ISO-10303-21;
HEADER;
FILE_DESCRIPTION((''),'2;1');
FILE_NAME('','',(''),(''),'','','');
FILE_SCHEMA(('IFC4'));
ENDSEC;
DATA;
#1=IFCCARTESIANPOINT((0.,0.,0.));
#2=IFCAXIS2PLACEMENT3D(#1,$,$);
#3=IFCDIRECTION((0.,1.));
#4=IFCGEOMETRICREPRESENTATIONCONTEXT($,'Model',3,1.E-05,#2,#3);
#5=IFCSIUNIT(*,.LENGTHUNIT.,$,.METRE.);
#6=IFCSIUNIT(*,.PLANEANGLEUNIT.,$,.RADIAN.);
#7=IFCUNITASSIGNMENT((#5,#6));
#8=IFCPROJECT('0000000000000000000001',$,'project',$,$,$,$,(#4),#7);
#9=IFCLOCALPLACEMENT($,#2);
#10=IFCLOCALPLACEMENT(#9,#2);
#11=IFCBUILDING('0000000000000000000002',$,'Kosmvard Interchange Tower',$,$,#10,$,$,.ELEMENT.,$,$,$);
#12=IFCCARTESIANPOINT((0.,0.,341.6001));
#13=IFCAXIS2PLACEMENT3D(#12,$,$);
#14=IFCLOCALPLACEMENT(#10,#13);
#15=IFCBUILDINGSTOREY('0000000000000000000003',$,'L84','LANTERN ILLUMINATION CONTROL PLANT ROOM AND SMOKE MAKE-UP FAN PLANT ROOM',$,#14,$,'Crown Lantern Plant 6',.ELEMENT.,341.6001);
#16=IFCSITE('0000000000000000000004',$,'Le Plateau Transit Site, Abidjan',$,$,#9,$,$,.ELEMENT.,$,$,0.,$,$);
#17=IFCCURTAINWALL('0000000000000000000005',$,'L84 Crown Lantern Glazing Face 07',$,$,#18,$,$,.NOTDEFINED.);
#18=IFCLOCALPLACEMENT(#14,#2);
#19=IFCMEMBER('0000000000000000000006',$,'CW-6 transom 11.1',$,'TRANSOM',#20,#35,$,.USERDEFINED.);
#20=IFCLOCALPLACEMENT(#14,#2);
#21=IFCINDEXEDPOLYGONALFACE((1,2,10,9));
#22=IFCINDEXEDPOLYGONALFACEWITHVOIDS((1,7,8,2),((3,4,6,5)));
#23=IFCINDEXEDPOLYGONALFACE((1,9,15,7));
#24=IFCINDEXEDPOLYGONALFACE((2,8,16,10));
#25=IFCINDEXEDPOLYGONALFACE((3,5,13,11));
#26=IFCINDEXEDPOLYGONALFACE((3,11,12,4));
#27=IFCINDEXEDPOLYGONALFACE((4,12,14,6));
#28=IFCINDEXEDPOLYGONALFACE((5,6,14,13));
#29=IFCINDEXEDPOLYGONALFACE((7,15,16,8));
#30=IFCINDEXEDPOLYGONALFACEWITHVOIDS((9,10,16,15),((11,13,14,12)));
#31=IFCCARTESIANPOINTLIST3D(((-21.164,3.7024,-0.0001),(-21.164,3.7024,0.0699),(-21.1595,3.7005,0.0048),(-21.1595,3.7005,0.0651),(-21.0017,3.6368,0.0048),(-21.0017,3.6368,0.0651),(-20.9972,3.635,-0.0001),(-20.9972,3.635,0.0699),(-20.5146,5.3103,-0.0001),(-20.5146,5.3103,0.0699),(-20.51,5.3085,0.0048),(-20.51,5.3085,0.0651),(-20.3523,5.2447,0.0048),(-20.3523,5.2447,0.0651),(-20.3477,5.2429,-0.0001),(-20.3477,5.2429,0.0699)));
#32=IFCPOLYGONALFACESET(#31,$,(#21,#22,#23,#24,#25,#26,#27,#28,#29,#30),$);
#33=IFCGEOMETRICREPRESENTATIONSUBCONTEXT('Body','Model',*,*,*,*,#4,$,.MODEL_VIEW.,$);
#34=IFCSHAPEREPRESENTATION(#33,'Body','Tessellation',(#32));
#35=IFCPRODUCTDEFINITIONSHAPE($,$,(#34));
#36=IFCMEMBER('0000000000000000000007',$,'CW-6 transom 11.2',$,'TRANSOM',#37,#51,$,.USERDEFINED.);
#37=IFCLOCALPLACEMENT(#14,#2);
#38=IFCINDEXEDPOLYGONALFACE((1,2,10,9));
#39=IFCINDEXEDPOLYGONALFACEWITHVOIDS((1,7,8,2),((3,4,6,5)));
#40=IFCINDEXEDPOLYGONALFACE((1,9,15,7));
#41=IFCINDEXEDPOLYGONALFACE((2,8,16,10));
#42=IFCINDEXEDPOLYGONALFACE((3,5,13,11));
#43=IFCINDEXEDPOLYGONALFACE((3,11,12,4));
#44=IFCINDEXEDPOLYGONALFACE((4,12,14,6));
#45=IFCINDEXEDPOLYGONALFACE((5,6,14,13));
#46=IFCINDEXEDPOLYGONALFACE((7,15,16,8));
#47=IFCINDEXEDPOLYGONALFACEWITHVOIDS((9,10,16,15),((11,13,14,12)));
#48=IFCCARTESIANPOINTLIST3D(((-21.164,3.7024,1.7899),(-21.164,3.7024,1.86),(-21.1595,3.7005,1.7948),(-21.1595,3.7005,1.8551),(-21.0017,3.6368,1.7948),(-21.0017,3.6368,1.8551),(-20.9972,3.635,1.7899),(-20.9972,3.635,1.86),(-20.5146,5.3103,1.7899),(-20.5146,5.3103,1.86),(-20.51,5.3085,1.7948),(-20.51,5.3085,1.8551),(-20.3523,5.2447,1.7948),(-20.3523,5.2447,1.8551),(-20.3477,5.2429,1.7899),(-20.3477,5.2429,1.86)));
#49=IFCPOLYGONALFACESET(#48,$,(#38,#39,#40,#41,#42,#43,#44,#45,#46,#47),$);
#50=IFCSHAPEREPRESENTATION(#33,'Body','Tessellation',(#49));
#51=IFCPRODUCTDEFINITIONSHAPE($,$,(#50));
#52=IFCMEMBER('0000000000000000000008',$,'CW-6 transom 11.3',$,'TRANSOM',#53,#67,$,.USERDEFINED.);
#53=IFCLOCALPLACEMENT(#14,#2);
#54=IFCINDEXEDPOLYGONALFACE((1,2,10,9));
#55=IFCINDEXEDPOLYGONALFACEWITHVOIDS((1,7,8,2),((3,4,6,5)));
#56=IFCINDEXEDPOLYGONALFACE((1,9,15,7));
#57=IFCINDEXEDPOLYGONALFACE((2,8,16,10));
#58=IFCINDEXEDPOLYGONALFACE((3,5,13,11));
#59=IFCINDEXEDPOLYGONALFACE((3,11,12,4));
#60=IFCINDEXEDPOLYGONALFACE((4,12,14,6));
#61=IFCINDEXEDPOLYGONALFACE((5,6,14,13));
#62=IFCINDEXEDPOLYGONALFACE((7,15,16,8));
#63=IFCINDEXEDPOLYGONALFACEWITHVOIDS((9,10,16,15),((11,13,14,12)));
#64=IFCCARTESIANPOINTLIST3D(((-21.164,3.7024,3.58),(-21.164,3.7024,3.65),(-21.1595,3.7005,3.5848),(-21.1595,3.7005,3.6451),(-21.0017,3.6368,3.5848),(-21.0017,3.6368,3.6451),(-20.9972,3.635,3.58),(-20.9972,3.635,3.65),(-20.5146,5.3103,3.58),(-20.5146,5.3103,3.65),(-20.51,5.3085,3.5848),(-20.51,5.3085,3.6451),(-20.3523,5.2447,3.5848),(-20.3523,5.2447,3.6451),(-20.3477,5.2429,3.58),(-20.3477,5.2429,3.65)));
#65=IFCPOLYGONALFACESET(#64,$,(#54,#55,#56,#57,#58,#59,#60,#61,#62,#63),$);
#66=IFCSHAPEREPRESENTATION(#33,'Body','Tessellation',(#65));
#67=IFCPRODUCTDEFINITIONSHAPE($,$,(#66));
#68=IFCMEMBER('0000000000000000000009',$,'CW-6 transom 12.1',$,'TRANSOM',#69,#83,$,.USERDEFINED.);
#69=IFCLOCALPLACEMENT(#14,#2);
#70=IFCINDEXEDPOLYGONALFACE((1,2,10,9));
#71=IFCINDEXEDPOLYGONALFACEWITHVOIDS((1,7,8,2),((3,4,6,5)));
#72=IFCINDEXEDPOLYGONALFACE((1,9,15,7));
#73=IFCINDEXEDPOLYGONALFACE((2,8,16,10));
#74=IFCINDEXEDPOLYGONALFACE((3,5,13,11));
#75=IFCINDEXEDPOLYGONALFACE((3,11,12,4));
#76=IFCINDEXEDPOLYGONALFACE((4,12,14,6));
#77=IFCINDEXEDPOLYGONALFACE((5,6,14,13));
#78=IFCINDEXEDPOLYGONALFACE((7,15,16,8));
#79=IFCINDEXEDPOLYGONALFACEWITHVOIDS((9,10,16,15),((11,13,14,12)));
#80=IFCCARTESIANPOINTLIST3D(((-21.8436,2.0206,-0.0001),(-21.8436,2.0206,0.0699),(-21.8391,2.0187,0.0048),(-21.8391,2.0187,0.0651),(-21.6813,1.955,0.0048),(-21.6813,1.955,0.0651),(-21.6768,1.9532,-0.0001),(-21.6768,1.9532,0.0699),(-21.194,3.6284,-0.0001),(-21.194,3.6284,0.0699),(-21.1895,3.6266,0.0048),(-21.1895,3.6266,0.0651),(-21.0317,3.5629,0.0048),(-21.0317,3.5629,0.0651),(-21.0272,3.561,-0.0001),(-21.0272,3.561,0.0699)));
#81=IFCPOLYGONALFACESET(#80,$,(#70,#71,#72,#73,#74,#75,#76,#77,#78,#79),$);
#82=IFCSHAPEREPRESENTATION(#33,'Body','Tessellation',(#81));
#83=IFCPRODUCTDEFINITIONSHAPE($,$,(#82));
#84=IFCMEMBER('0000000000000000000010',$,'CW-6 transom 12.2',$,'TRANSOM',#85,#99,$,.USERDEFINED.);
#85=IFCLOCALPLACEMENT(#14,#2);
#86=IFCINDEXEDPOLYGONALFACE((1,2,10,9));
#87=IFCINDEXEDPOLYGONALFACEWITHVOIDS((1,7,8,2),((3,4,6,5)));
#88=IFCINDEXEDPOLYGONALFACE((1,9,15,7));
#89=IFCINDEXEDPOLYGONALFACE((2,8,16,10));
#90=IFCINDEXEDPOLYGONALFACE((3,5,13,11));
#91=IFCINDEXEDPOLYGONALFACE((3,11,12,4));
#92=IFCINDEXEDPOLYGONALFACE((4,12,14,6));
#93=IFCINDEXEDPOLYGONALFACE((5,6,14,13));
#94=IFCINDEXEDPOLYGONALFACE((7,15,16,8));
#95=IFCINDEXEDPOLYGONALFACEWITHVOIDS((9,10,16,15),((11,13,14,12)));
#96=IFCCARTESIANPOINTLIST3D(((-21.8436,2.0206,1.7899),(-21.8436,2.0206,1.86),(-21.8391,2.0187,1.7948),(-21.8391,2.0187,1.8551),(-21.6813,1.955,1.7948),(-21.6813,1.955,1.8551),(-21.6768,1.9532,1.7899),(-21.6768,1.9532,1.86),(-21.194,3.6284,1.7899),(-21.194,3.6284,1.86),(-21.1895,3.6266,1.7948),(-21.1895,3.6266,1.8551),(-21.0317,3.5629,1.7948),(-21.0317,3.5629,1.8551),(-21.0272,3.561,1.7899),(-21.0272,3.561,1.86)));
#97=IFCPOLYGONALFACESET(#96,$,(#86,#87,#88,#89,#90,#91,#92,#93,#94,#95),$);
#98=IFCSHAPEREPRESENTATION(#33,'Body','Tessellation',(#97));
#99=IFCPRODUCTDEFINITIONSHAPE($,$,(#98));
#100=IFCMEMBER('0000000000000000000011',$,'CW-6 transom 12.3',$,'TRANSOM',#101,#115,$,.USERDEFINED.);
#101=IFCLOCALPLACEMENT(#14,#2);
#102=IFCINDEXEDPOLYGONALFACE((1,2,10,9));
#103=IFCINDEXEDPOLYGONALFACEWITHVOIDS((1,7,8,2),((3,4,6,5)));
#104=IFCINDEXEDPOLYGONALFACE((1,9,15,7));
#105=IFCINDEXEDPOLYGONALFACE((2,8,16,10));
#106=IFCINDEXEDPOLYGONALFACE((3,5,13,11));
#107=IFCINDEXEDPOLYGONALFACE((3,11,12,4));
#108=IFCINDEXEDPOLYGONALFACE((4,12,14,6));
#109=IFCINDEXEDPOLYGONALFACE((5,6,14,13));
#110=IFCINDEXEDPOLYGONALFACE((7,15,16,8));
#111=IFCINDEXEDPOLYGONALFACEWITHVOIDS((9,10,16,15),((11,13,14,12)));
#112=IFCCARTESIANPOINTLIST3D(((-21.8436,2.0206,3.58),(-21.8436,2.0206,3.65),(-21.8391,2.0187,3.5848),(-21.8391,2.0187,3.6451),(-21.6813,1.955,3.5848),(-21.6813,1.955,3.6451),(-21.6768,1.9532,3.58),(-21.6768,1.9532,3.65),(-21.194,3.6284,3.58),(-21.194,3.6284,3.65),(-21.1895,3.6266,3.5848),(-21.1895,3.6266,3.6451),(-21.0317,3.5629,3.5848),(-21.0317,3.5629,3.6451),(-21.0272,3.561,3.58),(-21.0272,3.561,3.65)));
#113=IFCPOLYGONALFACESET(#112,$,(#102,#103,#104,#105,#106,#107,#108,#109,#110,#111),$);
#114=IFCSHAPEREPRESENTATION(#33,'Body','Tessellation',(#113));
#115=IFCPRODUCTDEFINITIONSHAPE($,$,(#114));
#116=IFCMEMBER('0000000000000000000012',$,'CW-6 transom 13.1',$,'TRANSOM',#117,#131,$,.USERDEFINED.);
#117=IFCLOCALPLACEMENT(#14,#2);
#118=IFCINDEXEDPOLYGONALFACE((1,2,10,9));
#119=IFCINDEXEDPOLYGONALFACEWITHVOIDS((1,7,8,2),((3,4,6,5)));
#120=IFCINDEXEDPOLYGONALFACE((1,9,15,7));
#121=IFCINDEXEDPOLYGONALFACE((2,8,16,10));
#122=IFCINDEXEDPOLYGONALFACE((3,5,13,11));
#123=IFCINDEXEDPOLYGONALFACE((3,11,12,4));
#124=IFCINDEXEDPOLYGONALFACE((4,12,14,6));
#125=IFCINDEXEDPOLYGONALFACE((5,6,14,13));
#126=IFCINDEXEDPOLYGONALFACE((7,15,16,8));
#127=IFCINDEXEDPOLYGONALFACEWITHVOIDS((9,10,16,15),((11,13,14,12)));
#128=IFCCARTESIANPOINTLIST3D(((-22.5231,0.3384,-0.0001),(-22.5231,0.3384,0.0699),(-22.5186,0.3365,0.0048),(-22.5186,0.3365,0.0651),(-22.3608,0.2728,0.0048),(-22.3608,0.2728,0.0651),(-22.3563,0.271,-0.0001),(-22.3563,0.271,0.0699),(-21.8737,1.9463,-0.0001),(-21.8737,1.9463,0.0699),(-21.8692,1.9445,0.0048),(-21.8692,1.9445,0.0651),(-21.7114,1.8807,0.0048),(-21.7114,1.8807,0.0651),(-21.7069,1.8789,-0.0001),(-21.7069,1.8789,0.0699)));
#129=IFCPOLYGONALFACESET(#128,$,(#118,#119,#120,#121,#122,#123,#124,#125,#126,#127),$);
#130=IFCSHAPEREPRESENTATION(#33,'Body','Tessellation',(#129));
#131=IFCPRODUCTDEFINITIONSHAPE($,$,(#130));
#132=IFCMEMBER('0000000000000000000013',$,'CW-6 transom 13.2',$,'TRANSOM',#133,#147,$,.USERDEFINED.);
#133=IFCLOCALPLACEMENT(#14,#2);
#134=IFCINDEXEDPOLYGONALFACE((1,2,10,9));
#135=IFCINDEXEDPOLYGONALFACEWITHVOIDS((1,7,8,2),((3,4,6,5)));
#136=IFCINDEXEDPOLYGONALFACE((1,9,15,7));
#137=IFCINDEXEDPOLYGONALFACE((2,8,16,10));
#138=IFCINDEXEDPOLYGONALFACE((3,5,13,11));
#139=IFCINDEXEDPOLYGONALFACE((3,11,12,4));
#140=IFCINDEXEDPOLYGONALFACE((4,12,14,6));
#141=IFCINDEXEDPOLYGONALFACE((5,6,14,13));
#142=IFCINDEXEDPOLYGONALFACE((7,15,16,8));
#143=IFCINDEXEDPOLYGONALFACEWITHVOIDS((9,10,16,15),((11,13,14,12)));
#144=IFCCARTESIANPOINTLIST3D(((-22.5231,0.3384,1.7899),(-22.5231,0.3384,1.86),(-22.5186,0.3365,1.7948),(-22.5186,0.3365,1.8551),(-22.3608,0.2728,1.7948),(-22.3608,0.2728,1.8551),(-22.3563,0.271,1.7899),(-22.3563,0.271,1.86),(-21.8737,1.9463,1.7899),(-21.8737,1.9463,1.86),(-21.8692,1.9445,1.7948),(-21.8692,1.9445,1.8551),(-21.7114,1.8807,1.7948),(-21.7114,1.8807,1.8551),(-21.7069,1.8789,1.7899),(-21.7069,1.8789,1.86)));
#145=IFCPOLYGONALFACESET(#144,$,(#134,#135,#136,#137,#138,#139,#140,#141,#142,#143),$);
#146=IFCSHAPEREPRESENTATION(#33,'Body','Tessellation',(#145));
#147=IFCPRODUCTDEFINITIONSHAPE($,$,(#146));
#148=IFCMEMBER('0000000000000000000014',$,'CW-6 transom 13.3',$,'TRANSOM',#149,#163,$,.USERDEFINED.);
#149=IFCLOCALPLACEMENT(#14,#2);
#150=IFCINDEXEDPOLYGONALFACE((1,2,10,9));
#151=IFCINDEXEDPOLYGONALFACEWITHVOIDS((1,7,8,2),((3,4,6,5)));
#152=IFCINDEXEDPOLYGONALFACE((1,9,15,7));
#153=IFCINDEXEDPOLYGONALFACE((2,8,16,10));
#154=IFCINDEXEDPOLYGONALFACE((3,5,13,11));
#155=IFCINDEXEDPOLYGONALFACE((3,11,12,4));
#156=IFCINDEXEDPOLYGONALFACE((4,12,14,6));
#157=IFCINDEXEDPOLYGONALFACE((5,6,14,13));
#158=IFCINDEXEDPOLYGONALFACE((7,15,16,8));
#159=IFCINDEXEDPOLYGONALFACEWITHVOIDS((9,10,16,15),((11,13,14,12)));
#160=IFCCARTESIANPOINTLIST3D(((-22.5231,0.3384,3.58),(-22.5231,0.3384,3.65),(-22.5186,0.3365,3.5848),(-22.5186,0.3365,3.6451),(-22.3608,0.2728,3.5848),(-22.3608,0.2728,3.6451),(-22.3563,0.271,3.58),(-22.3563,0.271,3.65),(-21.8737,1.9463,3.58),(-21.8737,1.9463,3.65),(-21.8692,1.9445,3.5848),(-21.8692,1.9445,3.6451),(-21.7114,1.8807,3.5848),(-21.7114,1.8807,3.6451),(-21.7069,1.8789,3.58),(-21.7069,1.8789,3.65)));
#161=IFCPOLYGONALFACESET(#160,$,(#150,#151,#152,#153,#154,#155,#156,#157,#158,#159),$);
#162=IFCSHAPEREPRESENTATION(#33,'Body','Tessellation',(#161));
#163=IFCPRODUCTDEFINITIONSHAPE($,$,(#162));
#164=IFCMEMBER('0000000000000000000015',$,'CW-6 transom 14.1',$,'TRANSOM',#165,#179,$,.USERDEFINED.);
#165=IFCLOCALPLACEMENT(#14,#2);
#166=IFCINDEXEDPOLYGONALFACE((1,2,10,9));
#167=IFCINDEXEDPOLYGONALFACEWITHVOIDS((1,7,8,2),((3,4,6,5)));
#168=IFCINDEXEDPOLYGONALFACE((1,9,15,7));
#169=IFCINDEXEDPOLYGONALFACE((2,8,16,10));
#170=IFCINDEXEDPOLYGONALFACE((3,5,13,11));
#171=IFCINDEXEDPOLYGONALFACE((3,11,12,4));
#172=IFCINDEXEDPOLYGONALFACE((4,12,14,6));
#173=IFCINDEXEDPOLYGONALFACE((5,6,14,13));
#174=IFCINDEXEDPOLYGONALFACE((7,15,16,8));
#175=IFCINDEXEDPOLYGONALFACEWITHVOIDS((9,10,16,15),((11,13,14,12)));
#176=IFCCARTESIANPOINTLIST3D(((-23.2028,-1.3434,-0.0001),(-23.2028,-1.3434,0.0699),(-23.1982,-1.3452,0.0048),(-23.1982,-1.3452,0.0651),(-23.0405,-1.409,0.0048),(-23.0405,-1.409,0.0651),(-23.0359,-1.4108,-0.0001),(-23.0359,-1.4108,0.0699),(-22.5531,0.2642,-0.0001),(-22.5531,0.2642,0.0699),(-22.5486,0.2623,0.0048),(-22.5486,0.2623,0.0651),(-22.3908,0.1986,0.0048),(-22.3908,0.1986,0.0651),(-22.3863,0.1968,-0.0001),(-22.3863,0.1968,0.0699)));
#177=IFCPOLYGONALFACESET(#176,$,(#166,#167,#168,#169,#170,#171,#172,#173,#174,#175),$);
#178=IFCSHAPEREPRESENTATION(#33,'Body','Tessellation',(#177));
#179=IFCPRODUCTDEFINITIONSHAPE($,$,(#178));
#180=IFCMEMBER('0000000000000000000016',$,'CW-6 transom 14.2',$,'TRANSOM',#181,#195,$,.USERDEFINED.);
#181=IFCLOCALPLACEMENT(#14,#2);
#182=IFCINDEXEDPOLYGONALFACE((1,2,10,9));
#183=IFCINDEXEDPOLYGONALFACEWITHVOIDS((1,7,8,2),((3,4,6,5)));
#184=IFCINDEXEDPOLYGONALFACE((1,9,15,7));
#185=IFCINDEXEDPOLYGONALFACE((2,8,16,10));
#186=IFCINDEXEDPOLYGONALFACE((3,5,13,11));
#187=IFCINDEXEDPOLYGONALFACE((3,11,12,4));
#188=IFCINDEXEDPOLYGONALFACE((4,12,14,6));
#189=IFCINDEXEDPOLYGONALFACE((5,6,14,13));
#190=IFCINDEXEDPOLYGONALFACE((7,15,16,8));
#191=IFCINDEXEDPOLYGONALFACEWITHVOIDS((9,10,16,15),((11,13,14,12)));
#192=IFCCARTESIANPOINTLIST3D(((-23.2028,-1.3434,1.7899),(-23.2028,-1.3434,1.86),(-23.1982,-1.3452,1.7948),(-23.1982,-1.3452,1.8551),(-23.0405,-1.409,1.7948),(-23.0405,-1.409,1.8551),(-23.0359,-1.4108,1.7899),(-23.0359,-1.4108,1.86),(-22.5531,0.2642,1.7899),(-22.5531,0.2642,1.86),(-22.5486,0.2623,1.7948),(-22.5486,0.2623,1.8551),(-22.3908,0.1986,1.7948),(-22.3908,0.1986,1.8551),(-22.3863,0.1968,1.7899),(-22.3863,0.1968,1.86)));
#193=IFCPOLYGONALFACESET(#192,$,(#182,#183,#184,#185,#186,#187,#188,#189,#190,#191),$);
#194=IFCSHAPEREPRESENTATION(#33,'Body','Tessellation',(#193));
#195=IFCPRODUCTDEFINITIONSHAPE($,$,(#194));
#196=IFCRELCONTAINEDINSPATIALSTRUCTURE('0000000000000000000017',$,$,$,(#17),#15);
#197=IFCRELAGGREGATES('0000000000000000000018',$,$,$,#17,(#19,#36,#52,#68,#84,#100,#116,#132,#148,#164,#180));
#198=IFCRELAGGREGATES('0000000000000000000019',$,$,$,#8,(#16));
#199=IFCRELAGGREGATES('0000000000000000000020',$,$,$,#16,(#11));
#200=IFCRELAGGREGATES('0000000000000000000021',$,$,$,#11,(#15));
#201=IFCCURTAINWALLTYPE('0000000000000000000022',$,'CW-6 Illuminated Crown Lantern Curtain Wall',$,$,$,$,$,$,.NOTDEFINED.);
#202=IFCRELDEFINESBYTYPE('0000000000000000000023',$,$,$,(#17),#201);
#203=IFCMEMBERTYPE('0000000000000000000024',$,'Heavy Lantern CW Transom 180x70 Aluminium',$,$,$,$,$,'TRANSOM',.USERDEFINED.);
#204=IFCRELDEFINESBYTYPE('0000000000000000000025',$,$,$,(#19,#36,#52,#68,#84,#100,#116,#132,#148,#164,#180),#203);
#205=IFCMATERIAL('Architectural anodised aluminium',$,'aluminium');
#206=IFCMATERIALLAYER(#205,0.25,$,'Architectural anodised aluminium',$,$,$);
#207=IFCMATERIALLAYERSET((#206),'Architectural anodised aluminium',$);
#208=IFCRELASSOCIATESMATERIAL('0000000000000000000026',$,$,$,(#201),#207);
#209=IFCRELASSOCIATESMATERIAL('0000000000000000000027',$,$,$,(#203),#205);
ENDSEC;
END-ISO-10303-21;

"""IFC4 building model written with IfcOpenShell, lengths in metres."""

from ifc_helpers import new_model, si_unit, direction, frame, origin, origin_2d, place, context, subcontext, project, spatial, hollow_rectangle, extrude, source, transform, mapped, material, layer, layer_set, material_profile, profile_set, type_object, element, aggregate, save


model = new_model("IFC4")

# Units and contexts
model_context = context("Model", 3, precision=1e-05, world=origin(), true_north=direction((0.0, 1.0)))
body_context = subcontext(model_context, "Body", "Model", "MODEL_VIEW")
ifc_project = project(units=[si_unit("LENGTHUNIT", "METRE"), si_unit("PLANEANGLEUNIT", "RADIAN")], contexts=[model_context])

# Site, building, storey
site_placement = place(None, origin())
site = spatial("IfcSite", under=ifc_project, at=site_placement, Name="Le Plateau Transit Site, Abidjan", CompositionType="ELEMENT", RefElevation=0.0)
building_placement = place(site_placement, origin())
building = spatial("IfcBuilding", under=site, at=building_placement, Name="Kosmvard Interchange Tower", CompositionType="ELEMENT")
storey_placement = place(building_placement, frame((0.0, 0.0, 341.6001)))
storey = spatial("IfcBuildingStorey", under=building, at=storey_placement, Name="L84", Description="LANTERN ILLUMINATION CONTROL PLANT ROOM AND SMOKE MAKE-UP FAN PLANT ROOM", LongName="Crown Lantern Plant 6", CompositionType="ELEMENT", Elevation=341.6001)

# Curtain wall, members
ifc_material_1 = material(Name="Architectural anodised aluminium", Category="aluminium")
ifc_layer_1 = layer(ifc_material_1, 0.25, Name="Architectural anodised aluminium")
ifc_layer_set_1 = layer_set([ifc_layer_1], Name="Architectural anodised aluminium")
curtain_wall_type = type_object("IfcCurtainWallType", Name="CW-6 Illuminated Crown Lantern Curtain Wall", PredefinedType="NOTDEFINED", material=ifc_layer_set_1)
curtain_wall_placement = place(storey_placement, origin())
curtain_wall = element("IfcCurtainWall", 1, at=curtain_wall_placement, inside=storey, type_object=curtain_wall_type, Name="L84 Crown Lantern Glazing Face 07", PredefinedType="NOTDEFINED")
ifc_material_profile_1 = material_profile(ifc_material_1, hollow_rectangle(XDim=0.1799, YDim=0.0701, WallThickness=0.0049, at=origin_2d()), Name="CWT 180x70x5")
ifc_profile_set_1 = profile_set([ifc_material_profile_1], Name="Architectural anodised aluminium")
member_type_1 = type_object("IfcMemberType", Name="Heavy Lantern CW Transom 180x70 Aluminium", ElementType="TRANSOM", PredefinedType="USERDEFINED", material=ifc_profile_set_1)
shared_shape_1 = source(origin(), body_context, "Body", "SweptSolid", [
    extrude(hollow_rectangle(XDim=0.1799, YDim=0.0701, WallThickness=0.0049, at=origin_2d()), origin(), (0.0, 0.0, 1.0), 1.7341),
])
member_1_placement = place(storey_placement, frame((-20.4312, 5.2766, 0.0349), z_axis=(-0.374496, -0.927229, 0.0), x_axis=(0.927229, -0.374496, 0.0)))
member_1 = element("IfcMember", 2, at=member_1_placement, type_object=member_type_1, Name="CW-6 transom 11.1", ObjectType="TRANSOM", PredefinedType="USERDEFINED", context=body_context, shape_type="MappedRepresentation", body=[
    mapped(shared_shape_1, transform((0.0, 0.0, 0.0), scale=1.0)),
])
member_2_placement = place(storey_placement, frame((-20.4312, 5.2766, 1.825), z_axis=(-0.374496, -0.927229, 0.0), x_axis=(0.927229, -0.374496, 0.0)))
member_2 = element("IfcMember", 3, at=member_2_placement, type_object=member_type_1, Name="CW-6 transom 11.2", ObjectType="TRANSOM", PredefinedType="USERDEFINED", context=body_context, shape_type="MappedRepresentation", body=[
    mapped(shared_shape_1, transform((0.0, 0.0, 0.0), scale=1.0)),
])
member_3_placement = place(storey_placement, frame((-20.4312, 5.2766, 3.615), z_axis=(-0.374496, -0.927229, 0.0), x_axis=(0.927229, -0.374496, 0.0)))
member_3 = element("IfcMember", 4, at=member_3_placement, type_object=member_type_1, Name="CW-6 transom 11.3", ObjectType="TRANSOM", PredefinedType="USERDEFINED", context=body_context, shape_type="MappedRepresentation", body=[
    mapped(shared_shape_1, transform((0.0, 0.0, 0.0), scale=1.0)),
])
member_4_placement = place(storey_placement, frame((-21.1106, 3.5947, 0.0349), z_axis=(-0.374617, -0.92718, 0.0), x_axis=(0.92718, -0.374617, 0.0)))
member_4 = element("IfcMember", 5, at=member_4_placement, type_object=member_type_1, Name="CW-6 transom 12.1", ObjectType="TRANSOM", PredefinedType="USERDEFINED", context=body_context, shape_type="MappedRepresentation", body=[
    mapped(shared_shape_1, transform((0.0, 0.0, 0.0), scale=1.0)),
])
member_5_placement = place(storey_placement, frame((-21.1106, 3.5947, 1.825), z_axis=(-0.374617, -0.92718, 0.0), x_axis=(0.92718, -0.374617, 0.0)))
member_5 = element("IfcMember", 6, at=member_5_placement, type_object=member_type_1, Name="CW-6 transom 12.2", ObjectType="TRANSOM", PredefinedType="USERDEFINED", context=body_context, shape_type="MappedRepresentation", body=[
    mapped(shared_shape_1, transform((0.0, 0.0, 0.0), scale=1.0)),
])
member_6_placement = place(storey_placement, frame((-21.1106, 3.5947, 3.615), z_axis=(-0.374617, -0.92718, 0.0), x_axis=(0.92718, -0.374617, 0.0)))
member_6 = element("IfcMember", 7, at=member_6_placement, type_object=member_type_1, Name="CW-6 transom 12.3", ObjectType="TRANSOM", PredefinedType="USERDEFINED", context=body_context, shape_type="MappedRepresentation", body=[
    mapped(shared_shape_1, transform((0.0, 0.0, 0.0), scale=1.0)),
])
member_7_placement = place(storey_placement, frame((-21.7903, 1.9126, 0.0349), z_axis=(-0.374496, -0.927229, 0.0), x_axis=(0.927229, -0.374496, 0.0)))
member_7 = element("IfcMember", 8, at=member_7_placement, type_object=member_type_1, Name="CW-6 transom 13.1", ObjectType="TRANSOM", PredefinedType="USERDEFINED", context=body_context, shape_type="MappedRepresentation", body=[
    mapped(shared_shape_1, transform((0.0, 0.0, 0.0), scale=1.0)),
])
member_8_placement = place(storey_placement, frame((-21.7903, 1.9126, 1.825), z_axis=(-0.374496, -0.927229, 0.0), x_axis=(0.927229, -0.374496, 0.0)))
member_8 = element("IfcMember", 9, at=member_8_placement, type_object=member_type_1, Name="CW-6 transom 13.2", ObjectType="TRANSOM", PredefinedType="USERDEFINED", context=body_context, shape_type="MappedRepresentation", body=[
    mapped(shared_shape_1, transform((0.0, 0.0, 0.0), scale=1.0)),
])
member_9_placement = place(storey_placement, frame((-21.7903, 1.9126, 3.615), z_axis=(-0.374496, -0.927229, 0.0), x_axis=(0.927229, -0.374496, 0.0)))
member_9 = element("IfcMember", 10, at=member_9_placement, type_object=member_type_1, Name="CW-6 transom 13.3", ObjectType="TRANSOM", PredefinedType="USERDEFINED", context=body_context, shape_type="MappedRepresentation", body=[
    mapped(shared_shape_1, transform((0.0, 0.0, 0.0), scale=1.0)),
])
shared_shape_2 = source(origin(), body_context, "Body", "SweptSolid", [
    extrude(hollow_rectangle(XDim=0.1799, YDim=0.0701, WallThickness=0.0049, at=origin_2d()), origin(), (0.0, 0.0, 1.0), 1.7339),
])
member_10_placement = place(storey_placement, frame((-22.4697, 0.2305, 0.0349), z_axis=(-0.374666, -0.92716, 0.0), x_axis=(0.92716, -0.374666, 0.0)))
member_10 = element("IfcMember", 11, at=member_10_placement, type_object=member_type_1, Name="CW-6 transom 14.1", ObjectType="TRANSOM", PredefinedType="USERDEFINED", context=body_context, shape_type="MappedRepresentation", body=[
    mapped(shared_shape_2, transform((0.0, 0.0, 0.0), scale=1.0)),
])
member_11_placement = place(storey_placement, frame((-22.4697, 0.2305, 1.825), z_axis=(-0.374666, -0.92716, 0.0), x_axis=(0.92716, -0.374666, 0.0)))
member_11 = element("IfcMember", 12, at=member_11_placement, type_object=member_type_1, Name="CW-6 transom 14.2", ObjectType="TRANSOM", PredefinedType="USERDEFINED", context=body_context, shape_type="MappedRepresentation", body=[
    mapped(shared_shape_2, transform((0.0, 0.0, 0.0), scale=1.0)),
])
aggregate(curtain_wall, [member_1, member_2, member_3, member_4, member_5, member_6, member_7, member_8, member_9, member_10, member_11])

save(model, "model.ifc")
